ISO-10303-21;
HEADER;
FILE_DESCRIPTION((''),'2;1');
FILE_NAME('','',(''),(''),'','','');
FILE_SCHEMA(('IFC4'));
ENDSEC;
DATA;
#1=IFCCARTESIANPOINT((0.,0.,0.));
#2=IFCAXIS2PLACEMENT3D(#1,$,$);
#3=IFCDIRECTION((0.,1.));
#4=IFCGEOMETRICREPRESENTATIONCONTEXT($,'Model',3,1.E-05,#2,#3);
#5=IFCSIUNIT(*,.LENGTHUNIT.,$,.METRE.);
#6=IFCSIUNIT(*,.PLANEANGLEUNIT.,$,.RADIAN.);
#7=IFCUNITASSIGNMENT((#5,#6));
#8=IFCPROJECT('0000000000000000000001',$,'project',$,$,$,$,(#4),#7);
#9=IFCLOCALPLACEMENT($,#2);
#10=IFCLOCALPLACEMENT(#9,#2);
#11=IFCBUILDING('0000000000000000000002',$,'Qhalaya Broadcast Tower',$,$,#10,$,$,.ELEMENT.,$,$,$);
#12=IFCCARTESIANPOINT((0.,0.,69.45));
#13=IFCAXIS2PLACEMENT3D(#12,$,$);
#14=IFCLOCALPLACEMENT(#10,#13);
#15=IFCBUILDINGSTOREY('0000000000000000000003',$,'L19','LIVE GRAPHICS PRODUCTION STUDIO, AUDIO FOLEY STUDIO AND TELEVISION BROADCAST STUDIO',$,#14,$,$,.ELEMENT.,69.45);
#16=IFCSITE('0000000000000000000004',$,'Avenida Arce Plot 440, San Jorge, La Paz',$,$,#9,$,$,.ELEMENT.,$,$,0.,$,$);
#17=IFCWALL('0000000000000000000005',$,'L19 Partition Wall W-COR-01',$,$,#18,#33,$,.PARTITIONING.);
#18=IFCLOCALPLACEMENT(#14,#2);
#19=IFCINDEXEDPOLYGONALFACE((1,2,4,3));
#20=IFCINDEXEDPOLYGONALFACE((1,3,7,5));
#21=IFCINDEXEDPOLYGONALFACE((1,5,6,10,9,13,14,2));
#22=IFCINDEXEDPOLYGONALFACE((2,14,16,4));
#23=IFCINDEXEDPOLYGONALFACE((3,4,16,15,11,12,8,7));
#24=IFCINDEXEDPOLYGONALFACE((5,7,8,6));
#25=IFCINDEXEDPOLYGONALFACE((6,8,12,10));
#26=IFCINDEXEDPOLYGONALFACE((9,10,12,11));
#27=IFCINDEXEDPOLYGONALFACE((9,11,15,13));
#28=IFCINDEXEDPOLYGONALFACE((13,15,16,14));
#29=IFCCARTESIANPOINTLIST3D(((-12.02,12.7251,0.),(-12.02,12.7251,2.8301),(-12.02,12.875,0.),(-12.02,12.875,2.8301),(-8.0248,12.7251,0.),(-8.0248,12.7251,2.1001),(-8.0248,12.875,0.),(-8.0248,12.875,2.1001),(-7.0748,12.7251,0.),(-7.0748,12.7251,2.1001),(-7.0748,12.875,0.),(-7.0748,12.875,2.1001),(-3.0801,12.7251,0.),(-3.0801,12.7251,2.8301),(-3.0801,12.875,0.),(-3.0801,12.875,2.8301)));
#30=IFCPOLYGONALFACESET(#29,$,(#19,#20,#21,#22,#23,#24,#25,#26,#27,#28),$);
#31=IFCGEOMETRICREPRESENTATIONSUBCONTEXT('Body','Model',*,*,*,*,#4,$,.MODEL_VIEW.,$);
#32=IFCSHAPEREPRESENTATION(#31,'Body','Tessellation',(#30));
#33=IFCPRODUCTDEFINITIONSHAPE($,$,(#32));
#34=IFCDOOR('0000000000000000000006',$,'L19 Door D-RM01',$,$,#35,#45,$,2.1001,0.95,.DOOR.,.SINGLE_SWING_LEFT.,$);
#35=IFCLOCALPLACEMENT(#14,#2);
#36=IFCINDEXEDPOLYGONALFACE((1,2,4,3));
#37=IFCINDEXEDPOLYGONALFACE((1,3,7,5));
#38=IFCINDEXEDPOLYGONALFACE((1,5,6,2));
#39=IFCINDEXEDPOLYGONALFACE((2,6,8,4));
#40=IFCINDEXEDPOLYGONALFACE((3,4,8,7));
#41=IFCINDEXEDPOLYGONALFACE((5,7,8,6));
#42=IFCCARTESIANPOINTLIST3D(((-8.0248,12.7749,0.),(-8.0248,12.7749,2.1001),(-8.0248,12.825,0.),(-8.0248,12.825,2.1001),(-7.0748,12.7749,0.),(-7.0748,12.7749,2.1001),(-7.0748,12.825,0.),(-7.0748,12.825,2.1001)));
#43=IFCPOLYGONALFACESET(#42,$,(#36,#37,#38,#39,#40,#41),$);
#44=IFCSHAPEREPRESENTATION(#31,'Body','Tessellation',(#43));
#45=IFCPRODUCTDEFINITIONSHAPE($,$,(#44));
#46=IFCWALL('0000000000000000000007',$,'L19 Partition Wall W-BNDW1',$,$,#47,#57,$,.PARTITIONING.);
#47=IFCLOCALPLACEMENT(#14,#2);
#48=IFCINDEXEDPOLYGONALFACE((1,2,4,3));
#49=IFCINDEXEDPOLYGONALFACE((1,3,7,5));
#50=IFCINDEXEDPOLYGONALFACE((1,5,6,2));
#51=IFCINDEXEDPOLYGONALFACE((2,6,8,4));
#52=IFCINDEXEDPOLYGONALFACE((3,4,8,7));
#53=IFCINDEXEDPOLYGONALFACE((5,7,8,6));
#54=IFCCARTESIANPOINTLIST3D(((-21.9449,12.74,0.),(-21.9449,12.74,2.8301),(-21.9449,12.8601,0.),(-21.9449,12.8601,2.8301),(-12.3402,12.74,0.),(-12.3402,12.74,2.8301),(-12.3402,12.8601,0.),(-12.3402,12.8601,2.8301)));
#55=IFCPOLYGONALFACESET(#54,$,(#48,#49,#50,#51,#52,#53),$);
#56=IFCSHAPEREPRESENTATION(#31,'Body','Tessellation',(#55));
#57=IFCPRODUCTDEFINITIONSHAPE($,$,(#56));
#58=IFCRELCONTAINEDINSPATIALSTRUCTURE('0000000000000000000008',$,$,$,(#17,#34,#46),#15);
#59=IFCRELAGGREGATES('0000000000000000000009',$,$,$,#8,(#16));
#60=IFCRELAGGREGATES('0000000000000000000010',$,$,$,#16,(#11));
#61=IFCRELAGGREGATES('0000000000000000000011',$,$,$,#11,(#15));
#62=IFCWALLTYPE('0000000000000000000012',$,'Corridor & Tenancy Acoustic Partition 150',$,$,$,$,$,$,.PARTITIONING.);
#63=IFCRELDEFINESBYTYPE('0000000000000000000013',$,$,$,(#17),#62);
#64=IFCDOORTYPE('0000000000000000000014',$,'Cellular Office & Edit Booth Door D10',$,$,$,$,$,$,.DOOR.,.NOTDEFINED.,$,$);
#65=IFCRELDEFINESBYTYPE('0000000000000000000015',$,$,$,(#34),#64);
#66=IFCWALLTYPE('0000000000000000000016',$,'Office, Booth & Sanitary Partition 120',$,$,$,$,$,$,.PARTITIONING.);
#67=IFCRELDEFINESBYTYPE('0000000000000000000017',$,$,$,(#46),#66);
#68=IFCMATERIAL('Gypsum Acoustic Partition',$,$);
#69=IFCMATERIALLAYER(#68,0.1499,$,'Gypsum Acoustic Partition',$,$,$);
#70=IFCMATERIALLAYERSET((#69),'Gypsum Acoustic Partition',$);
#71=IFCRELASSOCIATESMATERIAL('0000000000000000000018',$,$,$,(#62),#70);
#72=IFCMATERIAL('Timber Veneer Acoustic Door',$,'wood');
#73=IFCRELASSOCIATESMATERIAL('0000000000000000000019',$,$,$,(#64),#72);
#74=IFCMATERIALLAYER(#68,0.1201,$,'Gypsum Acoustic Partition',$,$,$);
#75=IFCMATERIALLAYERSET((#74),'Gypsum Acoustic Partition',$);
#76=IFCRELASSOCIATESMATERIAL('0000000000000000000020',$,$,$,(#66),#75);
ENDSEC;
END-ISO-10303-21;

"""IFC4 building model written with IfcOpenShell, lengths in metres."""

from ifc_helpers import new_model, si_unit, direction, frame, frame_2d, origin, place, context, subcontext, project, spatial, rectangle, extrude, material, layer, layer_set, type_object, element, fill, save


model = new_model("IFC4")

# Units and contexts
model_context = context("Model", 3, precision=1e-05, world=origin(), true_north=direction((0.0, 1.0)))
body_context = subcontext(model_context, "Body", "Model", "MODEL_VIEW")
ifc_project = project(units=[si_unit("LENGTHUNIT", "METRE"), si_unit("PLANEANGLEUNIT", "RADIAN")], contexts=[model_context])

# Site, building, storey
site_placement = place(None, origin())
site = spatial("IfcSite", under=ifc_project, at=site_placement, Name="Avenida Arce Plot 440, San Jorge, La Paz", CompositionType="ELEMENT", RefElevation=0.0)
building_placement = place(site_placement, origin())
building = spatial("IfcBuilding", under=site, at=building_placement, Name="Qhalaya Broadcast Tower", CompositionType="ELEMENT")
storey_placement = place(building_placement, frame((0.0, 0.0, 69.45)))
storey = spatial("IfcBuildingStorey", under=building, at=storey_placement, Name="L19", Description="LIVE GRAPHICS PRODUCTION STUDIO, AUDIO FOLEY STUDIO AND TELEVISION BROADCAST STUDIO", CompositionType="ELEMENT", Elevation=69.45)

# Wall, opening, door
ifc_material_1 = material(Name="Gypsum Acoustic Partition")
ifc_layer_1 = layer(ifc_material_1, 0.1499, Name="Gypsum Acoustic Partition")
ifc_layer_set_1 = layer_set([ifc_layer_1], Name="Gypsum Acoustic Partition")
wall_type_1 = type_object("IfcWallType", Name="Corridor & Tenancy Acoustic Partition 150", PredefinedType="PARTITIONING", material=ifc_layer_set_1)
wall_1_placement = place(storey_placement, frame((-12.02, 12.8, 0.0), z_axis=(0.0, 0.0, 1.0), x_axis=(1.0, 0.0, 0.0)))
wall_1 = element("IfcWall", 1, at=wall_1_placement, inside=storey, type_object=wall_type_1, Name="L19 Partition Wall W-COR-01", PredefinedType="PARTITIONING", context=body_context, shape_type="SweptSolid", body=[
    extrude(rectangle(XDim=8.9399, YDim=0.1499, at=frame_2d((4.47, 0.0))), origin(), (0.0, 0.0, 1.0), 2.8301),
])
opening_placement = place(wall_1_placement, frame((3.9951, 0.0, 0.0)))
opening = element("IfcOpeningElement", 2, at=opening_placement, cuts=wall_1, PredefinedType="OPENING", context=body_context, shape_type="SweptSolid", body=[
    extrude(rectangle(XDim=0.95, YDim=2.1001, at=frame_2d((0.4751, 1.05))), frame((0.0, 0.0869, 0.0), z_axis=(0.0, -1.0, 0.0), x_axis=(1.0, 0.0, 0.0)), (0.0, 0.0, 1.0), 0.1738),
])
ifc_material_2 = material(Name="Timber Veneer Acoustic Door", Category="wood")
door_type = type_object("IfcDoorType", Name="Cellular Office & Edit Booth Door D10", OperationType="NOTDEFINED", PredefinedType="DOOR", material=ifc_material_2)
door_placement = place(opening_placement, origin())
door = element("IfcDoor", 3, at=door_placement, inside=storey, type_object=door_type, Name="L19 Door D-RM01", OperationType="SINGLE_SWING_LEFT", OverallHeight=2.1001, OverallWidth=0.95, PredefinedType="DOOR", context=body_context, shape_type="SweptSolid", body=[
    extrude(rectangle(XDim=0.95, YDim=2.1001, at=frame_2d((0.4751, 1.05))), frame((0.0, 0.0249, 0.0), z_axis=(0.0, -1.0, 0.0), x_axis=(1.0, 0.0, 0.0)), (0.0, 0.0, 1.0), 0.05),
])
fill(opening, door)

# Wall
ifc_layer_2 = layer(ifc_material_1, 0.1201, Name="Gypsum Acoustic Partition")
ifc_layer_set_2 = layer_set([ifc_layer_2], Name="Gypsum Acoustic Partition")
wall_type_2 = type_object("IfcWallType", Name="Office, Booth & Sanitary Partition 120", PredefinedType="PARTITIONING", material=ifc_layer_set_2)
wall_2_placement = place(storey_placement, frame((-21.9448, 12.8, 0.0), z_axis=(0.0, 0.0, 1.0), x_axis=(1.0, 0.0, 0.0)))
element("IfcWall", 4, at=wall_2_placement, inside=storey, type_object=wall_type_2, Name="L19 Partition Wall W-BNDW1", PredefinedType="PARTITIONING", context=body_context, shape_type="SweptSolid", body=[
    extrude(rectangle(XDim=9.6047, YDim=0.1201, at=frame_2d((4.8022, 0.0))), origin(), (0.0, 0.0, 1.0), 2.8301),
])

save(model, "model.ifc")
